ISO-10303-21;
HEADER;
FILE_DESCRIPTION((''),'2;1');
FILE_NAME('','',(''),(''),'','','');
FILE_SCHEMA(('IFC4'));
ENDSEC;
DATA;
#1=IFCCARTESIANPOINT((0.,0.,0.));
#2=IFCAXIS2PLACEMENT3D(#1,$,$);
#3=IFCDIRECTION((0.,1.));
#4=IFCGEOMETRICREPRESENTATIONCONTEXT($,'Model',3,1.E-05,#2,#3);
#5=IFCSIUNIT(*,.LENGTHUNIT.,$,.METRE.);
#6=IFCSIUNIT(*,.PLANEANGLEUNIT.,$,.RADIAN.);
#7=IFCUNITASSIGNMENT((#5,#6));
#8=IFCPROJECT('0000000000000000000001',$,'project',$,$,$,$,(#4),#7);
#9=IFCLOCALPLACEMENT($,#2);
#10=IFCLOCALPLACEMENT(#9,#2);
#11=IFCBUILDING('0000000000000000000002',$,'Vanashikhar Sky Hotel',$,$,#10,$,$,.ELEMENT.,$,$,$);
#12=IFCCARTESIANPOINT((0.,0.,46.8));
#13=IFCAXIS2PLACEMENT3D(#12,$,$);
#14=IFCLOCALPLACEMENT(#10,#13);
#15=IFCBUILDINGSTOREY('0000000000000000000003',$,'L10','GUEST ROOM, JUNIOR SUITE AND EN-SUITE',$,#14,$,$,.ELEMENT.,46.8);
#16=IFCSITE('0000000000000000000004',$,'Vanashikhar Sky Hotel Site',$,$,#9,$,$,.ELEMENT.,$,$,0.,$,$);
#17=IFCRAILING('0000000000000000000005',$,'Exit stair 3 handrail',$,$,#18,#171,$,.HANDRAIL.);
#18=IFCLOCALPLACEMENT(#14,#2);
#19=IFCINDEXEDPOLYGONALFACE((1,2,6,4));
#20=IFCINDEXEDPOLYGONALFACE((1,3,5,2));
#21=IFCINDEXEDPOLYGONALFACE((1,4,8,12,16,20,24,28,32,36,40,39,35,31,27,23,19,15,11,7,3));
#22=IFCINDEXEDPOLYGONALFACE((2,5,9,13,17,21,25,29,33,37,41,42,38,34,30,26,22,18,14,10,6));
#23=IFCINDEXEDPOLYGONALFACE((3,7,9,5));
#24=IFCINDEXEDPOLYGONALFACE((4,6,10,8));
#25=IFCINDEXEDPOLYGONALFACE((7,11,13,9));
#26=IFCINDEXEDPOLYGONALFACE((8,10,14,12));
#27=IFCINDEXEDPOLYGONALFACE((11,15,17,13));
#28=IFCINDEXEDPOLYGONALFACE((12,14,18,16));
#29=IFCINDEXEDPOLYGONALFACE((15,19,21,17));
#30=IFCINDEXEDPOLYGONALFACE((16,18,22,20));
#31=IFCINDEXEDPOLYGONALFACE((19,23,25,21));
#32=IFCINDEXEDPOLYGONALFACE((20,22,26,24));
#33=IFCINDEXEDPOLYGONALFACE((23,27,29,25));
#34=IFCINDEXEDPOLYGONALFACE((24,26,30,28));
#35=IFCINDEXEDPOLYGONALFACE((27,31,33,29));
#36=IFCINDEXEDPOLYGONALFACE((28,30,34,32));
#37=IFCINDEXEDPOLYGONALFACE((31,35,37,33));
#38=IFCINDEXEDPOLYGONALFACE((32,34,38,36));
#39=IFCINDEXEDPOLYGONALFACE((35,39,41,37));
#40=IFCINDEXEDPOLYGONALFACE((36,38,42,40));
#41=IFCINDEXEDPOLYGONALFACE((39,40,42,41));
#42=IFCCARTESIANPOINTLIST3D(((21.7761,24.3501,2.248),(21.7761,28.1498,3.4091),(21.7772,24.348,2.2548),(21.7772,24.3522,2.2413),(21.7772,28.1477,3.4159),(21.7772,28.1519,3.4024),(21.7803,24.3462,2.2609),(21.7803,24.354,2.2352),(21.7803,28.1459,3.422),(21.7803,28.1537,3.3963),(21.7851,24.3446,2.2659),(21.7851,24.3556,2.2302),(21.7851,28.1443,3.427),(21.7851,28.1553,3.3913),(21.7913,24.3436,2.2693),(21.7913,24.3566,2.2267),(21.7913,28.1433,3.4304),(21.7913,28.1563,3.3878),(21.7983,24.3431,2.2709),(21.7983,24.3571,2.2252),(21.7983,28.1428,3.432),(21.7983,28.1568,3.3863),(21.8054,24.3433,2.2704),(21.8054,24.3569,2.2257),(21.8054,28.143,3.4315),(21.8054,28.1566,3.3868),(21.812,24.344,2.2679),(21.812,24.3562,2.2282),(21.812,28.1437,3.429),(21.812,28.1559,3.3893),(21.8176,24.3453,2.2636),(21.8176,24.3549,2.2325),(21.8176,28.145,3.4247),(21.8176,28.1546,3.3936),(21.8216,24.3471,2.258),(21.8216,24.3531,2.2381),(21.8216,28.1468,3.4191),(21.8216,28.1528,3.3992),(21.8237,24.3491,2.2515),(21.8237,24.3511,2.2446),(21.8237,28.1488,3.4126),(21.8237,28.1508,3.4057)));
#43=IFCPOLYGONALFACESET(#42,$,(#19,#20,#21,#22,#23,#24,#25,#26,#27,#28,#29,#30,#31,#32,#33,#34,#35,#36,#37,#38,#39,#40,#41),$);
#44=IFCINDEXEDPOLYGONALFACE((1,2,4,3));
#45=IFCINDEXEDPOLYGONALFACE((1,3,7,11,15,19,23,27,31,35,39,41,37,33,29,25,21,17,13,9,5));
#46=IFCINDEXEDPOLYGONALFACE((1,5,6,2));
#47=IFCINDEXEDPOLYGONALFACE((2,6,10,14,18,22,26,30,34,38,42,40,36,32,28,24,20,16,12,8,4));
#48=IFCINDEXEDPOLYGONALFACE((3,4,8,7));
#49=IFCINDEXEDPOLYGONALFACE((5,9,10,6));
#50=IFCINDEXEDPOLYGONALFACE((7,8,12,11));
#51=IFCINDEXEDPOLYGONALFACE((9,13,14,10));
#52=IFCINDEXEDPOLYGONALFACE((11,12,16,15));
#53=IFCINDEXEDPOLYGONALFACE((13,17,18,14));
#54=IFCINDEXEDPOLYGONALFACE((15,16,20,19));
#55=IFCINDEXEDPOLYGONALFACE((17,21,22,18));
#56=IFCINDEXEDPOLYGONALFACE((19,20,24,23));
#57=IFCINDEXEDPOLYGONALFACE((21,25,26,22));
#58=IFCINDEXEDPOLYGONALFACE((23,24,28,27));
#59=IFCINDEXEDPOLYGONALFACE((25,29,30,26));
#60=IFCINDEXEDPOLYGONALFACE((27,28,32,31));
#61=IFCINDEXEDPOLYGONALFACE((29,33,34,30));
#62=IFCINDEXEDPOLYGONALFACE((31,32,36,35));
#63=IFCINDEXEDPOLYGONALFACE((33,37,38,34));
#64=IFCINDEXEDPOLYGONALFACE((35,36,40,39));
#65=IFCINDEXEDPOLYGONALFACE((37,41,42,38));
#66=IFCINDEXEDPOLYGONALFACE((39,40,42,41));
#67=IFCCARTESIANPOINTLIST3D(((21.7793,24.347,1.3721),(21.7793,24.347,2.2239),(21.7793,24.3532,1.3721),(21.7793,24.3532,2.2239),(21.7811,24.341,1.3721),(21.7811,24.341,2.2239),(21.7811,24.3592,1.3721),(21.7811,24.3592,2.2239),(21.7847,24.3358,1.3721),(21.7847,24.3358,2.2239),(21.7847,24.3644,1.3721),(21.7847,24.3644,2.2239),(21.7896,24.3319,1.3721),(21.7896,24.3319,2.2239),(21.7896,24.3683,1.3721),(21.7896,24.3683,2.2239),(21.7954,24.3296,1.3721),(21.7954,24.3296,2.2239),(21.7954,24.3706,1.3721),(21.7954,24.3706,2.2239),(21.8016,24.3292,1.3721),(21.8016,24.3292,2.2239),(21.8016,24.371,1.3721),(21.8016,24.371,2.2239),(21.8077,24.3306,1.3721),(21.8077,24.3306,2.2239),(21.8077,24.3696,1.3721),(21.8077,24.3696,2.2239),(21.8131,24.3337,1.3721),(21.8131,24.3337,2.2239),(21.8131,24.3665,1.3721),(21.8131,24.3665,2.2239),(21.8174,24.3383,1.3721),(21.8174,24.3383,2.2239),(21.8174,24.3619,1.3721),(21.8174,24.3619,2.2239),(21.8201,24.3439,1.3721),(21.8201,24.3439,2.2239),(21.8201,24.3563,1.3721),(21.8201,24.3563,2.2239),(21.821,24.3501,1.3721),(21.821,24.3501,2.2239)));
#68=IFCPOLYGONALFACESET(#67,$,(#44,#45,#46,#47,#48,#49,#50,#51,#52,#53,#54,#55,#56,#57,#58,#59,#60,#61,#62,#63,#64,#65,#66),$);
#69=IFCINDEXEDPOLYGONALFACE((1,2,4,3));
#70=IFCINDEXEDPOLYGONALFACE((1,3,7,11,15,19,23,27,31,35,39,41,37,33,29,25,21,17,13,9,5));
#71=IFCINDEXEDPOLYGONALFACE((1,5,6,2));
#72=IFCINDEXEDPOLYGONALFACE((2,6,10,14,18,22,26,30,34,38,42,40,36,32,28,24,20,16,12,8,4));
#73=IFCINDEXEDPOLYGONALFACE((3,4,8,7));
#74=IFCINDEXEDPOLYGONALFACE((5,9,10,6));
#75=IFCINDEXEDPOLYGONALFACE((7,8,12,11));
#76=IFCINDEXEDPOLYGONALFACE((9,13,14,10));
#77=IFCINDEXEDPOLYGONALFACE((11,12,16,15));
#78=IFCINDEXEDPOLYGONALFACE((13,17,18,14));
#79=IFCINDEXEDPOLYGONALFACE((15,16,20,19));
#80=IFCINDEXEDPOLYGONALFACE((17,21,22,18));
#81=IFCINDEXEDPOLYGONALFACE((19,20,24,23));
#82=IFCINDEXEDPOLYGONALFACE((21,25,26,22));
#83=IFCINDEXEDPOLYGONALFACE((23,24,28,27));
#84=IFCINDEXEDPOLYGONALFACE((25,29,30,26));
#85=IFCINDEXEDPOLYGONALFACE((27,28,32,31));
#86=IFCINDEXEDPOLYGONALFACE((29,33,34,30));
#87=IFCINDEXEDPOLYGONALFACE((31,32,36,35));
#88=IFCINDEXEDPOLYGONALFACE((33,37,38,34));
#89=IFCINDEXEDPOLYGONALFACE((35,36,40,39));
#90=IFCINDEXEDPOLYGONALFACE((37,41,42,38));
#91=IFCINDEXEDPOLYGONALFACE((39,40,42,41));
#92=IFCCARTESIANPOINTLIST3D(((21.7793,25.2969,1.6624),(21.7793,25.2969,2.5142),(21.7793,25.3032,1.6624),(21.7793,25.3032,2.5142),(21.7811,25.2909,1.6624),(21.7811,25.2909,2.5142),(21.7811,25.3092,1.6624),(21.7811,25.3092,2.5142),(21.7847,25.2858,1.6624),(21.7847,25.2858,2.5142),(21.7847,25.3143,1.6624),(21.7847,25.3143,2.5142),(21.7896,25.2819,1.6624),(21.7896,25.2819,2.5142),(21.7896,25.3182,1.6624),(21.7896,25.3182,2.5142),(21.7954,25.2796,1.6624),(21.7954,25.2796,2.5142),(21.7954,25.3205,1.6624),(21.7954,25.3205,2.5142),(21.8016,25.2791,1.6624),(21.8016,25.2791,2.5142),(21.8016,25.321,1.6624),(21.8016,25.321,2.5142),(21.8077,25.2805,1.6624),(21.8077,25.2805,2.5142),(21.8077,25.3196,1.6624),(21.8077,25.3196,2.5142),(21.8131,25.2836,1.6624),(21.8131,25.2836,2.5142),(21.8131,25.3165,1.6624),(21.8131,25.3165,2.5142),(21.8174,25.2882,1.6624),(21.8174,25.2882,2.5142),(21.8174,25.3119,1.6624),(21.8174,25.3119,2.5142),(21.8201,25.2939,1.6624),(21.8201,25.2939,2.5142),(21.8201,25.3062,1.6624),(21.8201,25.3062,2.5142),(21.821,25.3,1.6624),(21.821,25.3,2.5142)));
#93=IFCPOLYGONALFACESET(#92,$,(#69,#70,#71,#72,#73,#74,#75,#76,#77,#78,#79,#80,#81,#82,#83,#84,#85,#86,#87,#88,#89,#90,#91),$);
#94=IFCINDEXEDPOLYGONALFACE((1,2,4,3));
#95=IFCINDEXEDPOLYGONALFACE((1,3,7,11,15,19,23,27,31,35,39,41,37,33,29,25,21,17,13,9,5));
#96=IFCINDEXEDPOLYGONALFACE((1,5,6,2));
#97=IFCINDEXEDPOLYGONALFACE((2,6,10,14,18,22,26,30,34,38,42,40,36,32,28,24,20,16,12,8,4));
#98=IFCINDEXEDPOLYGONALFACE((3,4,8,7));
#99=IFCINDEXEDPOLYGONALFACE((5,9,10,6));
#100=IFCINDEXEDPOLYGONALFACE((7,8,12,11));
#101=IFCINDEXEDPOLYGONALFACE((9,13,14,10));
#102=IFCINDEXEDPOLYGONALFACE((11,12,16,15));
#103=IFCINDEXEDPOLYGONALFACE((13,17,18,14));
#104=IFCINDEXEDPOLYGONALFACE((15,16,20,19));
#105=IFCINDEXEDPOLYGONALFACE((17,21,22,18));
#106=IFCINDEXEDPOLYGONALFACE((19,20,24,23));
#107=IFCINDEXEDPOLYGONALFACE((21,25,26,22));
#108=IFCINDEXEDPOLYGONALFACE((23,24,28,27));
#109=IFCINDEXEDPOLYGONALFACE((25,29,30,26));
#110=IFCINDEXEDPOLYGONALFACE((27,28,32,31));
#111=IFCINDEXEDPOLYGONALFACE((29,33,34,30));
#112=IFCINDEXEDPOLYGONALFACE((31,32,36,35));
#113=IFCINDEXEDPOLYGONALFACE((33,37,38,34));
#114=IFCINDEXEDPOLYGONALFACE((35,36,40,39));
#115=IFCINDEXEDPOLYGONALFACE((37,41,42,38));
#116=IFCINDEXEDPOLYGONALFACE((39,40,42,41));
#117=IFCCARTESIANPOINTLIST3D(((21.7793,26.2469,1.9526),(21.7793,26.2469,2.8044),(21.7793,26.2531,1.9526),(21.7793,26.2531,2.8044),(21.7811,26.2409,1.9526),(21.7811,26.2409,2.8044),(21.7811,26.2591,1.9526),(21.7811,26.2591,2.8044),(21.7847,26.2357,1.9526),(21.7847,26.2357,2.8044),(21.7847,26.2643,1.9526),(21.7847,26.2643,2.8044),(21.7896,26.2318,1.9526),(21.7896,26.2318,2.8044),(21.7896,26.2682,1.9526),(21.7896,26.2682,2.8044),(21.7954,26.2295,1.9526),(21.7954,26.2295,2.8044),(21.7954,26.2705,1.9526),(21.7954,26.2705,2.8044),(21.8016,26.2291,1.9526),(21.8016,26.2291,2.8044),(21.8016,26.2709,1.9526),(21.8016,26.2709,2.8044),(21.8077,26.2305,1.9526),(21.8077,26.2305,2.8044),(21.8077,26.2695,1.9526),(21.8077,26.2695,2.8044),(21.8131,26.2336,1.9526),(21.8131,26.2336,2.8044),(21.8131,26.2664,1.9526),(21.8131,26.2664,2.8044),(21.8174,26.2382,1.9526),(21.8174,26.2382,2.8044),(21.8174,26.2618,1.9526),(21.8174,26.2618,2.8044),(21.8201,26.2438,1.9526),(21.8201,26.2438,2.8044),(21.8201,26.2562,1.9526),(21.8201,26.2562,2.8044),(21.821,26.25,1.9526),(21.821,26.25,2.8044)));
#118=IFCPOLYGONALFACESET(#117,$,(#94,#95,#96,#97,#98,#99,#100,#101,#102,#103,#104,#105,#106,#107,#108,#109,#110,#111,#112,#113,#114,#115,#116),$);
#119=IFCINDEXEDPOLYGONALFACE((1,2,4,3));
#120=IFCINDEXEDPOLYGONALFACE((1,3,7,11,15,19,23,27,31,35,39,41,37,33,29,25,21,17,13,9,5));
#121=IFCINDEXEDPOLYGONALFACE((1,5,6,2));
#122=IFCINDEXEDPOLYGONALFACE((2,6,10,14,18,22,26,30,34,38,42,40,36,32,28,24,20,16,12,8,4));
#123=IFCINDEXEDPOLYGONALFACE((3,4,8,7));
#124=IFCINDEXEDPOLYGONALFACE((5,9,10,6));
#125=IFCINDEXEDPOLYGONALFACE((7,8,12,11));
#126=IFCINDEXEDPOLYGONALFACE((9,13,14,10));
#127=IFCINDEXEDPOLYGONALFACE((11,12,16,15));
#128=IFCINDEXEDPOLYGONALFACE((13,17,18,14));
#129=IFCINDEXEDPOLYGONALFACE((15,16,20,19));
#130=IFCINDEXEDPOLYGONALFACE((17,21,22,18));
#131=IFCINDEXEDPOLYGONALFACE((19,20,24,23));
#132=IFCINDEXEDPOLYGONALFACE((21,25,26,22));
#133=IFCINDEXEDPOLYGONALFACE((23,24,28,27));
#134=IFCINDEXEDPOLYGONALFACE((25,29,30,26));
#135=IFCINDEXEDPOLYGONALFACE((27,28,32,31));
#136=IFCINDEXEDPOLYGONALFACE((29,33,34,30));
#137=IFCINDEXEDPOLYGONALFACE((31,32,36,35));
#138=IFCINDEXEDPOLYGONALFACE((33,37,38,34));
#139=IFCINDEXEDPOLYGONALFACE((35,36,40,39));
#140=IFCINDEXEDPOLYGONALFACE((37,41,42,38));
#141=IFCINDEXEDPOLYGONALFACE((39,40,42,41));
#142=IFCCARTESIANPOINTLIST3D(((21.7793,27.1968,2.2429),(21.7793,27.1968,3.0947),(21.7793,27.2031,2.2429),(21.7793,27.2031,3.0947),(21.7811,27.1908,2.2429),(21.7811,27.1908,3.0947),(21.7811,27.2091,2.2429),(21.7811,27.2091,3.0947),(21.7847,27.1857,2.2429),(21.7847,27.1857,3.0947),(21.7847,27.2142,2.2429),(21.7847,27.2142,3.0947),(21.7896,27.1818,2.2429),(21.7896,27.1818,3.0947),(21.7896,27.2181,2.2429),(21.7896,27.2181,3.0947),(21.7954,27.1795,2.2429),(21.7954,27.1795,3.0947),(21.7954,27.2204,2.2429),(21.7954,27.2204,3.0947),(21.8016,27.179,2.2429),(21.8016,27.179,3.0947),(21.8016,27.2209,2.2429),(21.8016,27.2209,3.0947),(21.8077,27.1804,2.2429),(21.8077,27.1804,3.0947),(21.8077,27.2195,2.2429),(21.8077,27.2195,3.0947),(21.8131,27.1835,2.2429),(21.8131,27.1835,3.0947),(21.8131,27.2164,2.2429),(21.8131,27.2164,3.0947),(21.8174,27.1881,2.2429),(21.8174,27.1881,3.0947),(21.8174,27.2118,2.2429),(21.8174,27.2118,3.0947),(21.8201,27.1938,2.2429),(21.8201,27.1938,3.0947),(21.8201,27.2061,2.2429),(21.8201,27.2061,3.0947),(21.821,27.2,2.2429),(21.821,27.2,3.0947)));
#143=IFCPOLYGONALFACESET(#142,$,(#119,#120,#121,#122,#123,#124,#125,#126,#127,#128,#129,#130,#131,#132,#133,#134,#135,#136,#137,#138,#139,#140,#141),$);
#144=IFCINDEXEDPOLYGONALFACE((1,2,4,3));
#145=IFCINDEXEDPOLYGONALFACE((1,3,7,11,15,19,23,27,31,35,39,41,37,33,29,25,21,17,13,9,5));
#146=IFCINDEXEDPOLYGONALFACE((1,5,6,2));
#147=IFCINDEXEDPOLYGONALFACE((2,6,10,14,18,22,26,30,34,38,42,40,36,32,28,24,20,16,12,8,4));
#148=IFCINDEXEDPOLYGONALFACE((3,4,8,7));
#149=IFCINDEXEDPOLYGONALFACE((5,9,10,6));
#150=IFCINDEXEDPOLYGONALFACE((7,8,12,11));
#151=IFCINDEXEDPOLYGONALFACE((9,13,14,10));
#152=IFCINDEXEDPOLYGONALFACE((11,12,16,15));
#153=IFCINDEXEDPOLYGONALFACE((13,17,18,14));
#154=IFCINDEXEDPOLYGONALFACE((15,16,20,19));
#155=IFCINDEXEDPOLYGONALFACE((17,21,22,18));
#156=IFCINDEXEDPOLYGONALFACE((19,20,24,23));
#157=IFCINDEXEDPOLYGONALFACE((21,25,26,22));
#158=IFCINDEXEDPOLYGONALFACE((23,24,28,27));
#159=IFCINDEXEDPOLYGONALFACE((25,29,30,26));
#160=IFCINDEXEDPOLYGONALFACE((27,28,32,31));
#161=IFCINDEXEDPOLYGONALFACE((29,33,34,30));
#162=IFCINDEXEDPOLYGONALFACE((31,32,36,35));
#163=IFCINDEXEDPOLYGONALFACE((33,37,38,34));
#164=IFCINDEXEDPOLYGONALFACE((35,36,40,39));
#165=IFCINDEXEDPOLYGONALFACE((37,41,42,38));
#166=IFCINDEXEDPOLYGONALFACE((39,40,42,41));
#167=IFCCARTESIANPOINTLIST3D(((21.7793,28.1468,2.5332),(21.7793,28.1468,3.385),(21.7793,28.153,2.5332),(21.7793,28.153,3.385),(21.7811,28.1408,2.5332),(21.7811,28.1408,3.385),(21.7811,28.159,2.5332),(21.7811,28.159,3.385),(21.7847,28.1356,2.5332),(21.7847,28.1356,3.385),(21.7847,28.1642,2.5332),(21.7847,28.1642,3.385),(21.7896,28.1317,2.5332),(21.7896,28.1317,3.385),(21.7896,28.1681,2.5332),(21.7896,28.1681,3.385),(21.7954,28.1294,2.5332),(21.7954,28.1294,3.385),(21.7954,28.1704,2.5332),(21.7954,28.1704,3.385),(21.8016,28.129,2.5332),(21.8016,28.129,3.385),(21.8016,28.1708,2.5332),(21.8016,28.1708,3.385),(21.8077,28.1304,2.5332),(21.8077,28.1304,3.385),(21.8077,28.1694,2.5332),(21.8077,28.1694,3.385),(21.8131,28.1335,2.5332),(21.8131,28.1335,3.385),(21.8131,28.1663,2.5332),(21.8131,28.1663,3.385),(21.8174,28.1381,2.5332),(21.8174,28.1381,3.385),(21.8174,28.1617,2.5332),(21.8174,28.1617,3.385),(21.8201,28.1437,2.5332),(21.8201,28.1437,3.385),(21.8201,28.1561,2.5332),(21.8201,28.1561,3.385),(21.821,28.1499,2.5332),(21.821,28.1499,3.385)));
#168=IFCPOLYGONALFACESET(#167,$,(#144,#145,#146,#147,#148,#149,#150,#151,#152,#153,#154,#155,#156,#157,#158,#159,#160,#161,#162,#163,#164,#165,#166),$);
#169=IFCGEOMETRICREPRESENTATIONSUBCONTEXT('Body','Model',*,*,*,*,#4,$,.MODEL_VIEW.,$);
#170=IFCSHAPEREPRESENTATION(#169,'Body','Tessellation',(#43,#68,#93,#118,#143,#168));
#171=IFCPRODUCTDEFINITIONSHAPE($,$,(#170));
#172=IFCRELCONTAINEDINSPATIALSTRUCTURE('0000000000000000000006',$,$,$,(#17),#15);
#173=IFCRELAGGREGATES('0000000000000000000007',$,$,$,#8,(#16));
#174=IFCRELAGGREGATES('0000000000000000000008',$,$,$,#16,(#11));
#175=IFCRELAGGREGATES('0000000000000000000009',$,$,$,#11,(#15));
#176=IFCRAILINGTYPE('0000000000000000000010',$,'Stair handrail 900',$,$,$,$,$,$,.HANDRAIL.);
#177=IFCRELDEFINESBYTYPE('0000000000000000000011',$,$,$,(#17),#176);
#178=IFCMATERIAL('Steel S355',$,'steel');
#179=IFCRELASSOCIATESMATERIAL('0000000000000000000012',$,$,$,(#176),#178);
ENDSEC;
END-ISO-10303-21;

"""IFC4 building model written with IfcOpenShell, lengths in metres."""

from ifc_helpers import new_model, si_unit, direction, frame, origin, origin_2d, place, context, subcontext, project, spatial, circle, extrude, source, transform, mapped, material, type_object, element, save


model = new_model("IFC4")

# Units and contexts
model_context = context("Model", 3, precision=1e-05, world=origin(), true_north=direction((0.0, 1.0)))
body_context = subcontext(model_context, "Body", "Model", "MODEL_VIEW")
ifc_project = project(units=[si_unit("LENGTHUNIT", "METRE"), si_unit("PLANEANGLEUNIT", "RADIAN")], contexts=[model_context])

# Site, building, storey
site_placement = place(None, origin())
site = spatial("IfcSite", under=ifc_project, at=site_placement, Name="Vanashikhar Sky Hotel Site", CompositionType="ELEMENT", RefElevation=0.0)
building_placement = place(site_placement, origin())
building = spatial("IfcBuilding", under=site, at=building_placement, Name="Vanashikhar Sky Hotel", CompositionType="ELEMENT")
storey_placement = place(building_placement, frame((0.0, 0.0, 46.8)))
storey = spatial("IfcBuildingStorey", under=building, at=storey_placement, Name="L10", Description="GUEST ROOM, JUNIOR SUITE AND EN-SUITE", CompositionType="ELEMENT", Elevation=46.8)

# Railing
ifc_material_1 = material(Name="Steel S355", Category="steel")
railing_type = type_object("IfcRailingType", Name="Stair handrail 900", PredefinedType="HANDRAIL", material=ifc_material_1)
shared_shape_1 = source(origin(), body_context, "Body", "SweptSolid", [
    extrude(circle(Radius=0.0239, at=origin_2d()), frame((0.0, 0.0, 0.876), z_axis=(0.0, 0.956346, 0.292237), x_axis=(-1.0, 0.0, 0.0)), (0.0, 0.0, 1.0), 3.9731),
    extrude(circle(Radius=0.021, at=origin_2d()), origin(), (0.0, 0.0, 1.0), 0.8518),
    extrude(circle(Radius=0.021, at=origin_2d()), frame((0.0, 0.95, 0.2903)), (0.0, 0.0, 1.0), 0.8518),
    extrude(circle(Radius=0.021, at=origin_2d()), frame((0.0, 1.8999, 0.5806)), (0.0, 0.0, 1.0), 0.8518),
    extrude(circle(Radius=0.021, at=origin_2d()), frame((0.0, 2.8499, 0.8708)), (0.0, 0.0, 1.0), 0.8518),
    extrude(circle(Radius=0.021, at=origin_2d()), frame((0.0, 3.7998, 1.1611)), (0.0, 0.0, 1.0), 0.8518),
])
railing_placement = place(storey_placement, frame((21.8, 24.3501, 1.3721)))
element("IfcRailing", 1, at=railing_placement, inside=storey, type_object=railing_type, Name="Exit stair 3 handrail", PredefinedType="HANDRAIL", context=body_context, shape_type="MappedRepresentation", body=[
    mapped(shared_shape_1, transform((0.0, 0.0, 0.0), scale=1.0)),
])

save(model, "model.ifc")
